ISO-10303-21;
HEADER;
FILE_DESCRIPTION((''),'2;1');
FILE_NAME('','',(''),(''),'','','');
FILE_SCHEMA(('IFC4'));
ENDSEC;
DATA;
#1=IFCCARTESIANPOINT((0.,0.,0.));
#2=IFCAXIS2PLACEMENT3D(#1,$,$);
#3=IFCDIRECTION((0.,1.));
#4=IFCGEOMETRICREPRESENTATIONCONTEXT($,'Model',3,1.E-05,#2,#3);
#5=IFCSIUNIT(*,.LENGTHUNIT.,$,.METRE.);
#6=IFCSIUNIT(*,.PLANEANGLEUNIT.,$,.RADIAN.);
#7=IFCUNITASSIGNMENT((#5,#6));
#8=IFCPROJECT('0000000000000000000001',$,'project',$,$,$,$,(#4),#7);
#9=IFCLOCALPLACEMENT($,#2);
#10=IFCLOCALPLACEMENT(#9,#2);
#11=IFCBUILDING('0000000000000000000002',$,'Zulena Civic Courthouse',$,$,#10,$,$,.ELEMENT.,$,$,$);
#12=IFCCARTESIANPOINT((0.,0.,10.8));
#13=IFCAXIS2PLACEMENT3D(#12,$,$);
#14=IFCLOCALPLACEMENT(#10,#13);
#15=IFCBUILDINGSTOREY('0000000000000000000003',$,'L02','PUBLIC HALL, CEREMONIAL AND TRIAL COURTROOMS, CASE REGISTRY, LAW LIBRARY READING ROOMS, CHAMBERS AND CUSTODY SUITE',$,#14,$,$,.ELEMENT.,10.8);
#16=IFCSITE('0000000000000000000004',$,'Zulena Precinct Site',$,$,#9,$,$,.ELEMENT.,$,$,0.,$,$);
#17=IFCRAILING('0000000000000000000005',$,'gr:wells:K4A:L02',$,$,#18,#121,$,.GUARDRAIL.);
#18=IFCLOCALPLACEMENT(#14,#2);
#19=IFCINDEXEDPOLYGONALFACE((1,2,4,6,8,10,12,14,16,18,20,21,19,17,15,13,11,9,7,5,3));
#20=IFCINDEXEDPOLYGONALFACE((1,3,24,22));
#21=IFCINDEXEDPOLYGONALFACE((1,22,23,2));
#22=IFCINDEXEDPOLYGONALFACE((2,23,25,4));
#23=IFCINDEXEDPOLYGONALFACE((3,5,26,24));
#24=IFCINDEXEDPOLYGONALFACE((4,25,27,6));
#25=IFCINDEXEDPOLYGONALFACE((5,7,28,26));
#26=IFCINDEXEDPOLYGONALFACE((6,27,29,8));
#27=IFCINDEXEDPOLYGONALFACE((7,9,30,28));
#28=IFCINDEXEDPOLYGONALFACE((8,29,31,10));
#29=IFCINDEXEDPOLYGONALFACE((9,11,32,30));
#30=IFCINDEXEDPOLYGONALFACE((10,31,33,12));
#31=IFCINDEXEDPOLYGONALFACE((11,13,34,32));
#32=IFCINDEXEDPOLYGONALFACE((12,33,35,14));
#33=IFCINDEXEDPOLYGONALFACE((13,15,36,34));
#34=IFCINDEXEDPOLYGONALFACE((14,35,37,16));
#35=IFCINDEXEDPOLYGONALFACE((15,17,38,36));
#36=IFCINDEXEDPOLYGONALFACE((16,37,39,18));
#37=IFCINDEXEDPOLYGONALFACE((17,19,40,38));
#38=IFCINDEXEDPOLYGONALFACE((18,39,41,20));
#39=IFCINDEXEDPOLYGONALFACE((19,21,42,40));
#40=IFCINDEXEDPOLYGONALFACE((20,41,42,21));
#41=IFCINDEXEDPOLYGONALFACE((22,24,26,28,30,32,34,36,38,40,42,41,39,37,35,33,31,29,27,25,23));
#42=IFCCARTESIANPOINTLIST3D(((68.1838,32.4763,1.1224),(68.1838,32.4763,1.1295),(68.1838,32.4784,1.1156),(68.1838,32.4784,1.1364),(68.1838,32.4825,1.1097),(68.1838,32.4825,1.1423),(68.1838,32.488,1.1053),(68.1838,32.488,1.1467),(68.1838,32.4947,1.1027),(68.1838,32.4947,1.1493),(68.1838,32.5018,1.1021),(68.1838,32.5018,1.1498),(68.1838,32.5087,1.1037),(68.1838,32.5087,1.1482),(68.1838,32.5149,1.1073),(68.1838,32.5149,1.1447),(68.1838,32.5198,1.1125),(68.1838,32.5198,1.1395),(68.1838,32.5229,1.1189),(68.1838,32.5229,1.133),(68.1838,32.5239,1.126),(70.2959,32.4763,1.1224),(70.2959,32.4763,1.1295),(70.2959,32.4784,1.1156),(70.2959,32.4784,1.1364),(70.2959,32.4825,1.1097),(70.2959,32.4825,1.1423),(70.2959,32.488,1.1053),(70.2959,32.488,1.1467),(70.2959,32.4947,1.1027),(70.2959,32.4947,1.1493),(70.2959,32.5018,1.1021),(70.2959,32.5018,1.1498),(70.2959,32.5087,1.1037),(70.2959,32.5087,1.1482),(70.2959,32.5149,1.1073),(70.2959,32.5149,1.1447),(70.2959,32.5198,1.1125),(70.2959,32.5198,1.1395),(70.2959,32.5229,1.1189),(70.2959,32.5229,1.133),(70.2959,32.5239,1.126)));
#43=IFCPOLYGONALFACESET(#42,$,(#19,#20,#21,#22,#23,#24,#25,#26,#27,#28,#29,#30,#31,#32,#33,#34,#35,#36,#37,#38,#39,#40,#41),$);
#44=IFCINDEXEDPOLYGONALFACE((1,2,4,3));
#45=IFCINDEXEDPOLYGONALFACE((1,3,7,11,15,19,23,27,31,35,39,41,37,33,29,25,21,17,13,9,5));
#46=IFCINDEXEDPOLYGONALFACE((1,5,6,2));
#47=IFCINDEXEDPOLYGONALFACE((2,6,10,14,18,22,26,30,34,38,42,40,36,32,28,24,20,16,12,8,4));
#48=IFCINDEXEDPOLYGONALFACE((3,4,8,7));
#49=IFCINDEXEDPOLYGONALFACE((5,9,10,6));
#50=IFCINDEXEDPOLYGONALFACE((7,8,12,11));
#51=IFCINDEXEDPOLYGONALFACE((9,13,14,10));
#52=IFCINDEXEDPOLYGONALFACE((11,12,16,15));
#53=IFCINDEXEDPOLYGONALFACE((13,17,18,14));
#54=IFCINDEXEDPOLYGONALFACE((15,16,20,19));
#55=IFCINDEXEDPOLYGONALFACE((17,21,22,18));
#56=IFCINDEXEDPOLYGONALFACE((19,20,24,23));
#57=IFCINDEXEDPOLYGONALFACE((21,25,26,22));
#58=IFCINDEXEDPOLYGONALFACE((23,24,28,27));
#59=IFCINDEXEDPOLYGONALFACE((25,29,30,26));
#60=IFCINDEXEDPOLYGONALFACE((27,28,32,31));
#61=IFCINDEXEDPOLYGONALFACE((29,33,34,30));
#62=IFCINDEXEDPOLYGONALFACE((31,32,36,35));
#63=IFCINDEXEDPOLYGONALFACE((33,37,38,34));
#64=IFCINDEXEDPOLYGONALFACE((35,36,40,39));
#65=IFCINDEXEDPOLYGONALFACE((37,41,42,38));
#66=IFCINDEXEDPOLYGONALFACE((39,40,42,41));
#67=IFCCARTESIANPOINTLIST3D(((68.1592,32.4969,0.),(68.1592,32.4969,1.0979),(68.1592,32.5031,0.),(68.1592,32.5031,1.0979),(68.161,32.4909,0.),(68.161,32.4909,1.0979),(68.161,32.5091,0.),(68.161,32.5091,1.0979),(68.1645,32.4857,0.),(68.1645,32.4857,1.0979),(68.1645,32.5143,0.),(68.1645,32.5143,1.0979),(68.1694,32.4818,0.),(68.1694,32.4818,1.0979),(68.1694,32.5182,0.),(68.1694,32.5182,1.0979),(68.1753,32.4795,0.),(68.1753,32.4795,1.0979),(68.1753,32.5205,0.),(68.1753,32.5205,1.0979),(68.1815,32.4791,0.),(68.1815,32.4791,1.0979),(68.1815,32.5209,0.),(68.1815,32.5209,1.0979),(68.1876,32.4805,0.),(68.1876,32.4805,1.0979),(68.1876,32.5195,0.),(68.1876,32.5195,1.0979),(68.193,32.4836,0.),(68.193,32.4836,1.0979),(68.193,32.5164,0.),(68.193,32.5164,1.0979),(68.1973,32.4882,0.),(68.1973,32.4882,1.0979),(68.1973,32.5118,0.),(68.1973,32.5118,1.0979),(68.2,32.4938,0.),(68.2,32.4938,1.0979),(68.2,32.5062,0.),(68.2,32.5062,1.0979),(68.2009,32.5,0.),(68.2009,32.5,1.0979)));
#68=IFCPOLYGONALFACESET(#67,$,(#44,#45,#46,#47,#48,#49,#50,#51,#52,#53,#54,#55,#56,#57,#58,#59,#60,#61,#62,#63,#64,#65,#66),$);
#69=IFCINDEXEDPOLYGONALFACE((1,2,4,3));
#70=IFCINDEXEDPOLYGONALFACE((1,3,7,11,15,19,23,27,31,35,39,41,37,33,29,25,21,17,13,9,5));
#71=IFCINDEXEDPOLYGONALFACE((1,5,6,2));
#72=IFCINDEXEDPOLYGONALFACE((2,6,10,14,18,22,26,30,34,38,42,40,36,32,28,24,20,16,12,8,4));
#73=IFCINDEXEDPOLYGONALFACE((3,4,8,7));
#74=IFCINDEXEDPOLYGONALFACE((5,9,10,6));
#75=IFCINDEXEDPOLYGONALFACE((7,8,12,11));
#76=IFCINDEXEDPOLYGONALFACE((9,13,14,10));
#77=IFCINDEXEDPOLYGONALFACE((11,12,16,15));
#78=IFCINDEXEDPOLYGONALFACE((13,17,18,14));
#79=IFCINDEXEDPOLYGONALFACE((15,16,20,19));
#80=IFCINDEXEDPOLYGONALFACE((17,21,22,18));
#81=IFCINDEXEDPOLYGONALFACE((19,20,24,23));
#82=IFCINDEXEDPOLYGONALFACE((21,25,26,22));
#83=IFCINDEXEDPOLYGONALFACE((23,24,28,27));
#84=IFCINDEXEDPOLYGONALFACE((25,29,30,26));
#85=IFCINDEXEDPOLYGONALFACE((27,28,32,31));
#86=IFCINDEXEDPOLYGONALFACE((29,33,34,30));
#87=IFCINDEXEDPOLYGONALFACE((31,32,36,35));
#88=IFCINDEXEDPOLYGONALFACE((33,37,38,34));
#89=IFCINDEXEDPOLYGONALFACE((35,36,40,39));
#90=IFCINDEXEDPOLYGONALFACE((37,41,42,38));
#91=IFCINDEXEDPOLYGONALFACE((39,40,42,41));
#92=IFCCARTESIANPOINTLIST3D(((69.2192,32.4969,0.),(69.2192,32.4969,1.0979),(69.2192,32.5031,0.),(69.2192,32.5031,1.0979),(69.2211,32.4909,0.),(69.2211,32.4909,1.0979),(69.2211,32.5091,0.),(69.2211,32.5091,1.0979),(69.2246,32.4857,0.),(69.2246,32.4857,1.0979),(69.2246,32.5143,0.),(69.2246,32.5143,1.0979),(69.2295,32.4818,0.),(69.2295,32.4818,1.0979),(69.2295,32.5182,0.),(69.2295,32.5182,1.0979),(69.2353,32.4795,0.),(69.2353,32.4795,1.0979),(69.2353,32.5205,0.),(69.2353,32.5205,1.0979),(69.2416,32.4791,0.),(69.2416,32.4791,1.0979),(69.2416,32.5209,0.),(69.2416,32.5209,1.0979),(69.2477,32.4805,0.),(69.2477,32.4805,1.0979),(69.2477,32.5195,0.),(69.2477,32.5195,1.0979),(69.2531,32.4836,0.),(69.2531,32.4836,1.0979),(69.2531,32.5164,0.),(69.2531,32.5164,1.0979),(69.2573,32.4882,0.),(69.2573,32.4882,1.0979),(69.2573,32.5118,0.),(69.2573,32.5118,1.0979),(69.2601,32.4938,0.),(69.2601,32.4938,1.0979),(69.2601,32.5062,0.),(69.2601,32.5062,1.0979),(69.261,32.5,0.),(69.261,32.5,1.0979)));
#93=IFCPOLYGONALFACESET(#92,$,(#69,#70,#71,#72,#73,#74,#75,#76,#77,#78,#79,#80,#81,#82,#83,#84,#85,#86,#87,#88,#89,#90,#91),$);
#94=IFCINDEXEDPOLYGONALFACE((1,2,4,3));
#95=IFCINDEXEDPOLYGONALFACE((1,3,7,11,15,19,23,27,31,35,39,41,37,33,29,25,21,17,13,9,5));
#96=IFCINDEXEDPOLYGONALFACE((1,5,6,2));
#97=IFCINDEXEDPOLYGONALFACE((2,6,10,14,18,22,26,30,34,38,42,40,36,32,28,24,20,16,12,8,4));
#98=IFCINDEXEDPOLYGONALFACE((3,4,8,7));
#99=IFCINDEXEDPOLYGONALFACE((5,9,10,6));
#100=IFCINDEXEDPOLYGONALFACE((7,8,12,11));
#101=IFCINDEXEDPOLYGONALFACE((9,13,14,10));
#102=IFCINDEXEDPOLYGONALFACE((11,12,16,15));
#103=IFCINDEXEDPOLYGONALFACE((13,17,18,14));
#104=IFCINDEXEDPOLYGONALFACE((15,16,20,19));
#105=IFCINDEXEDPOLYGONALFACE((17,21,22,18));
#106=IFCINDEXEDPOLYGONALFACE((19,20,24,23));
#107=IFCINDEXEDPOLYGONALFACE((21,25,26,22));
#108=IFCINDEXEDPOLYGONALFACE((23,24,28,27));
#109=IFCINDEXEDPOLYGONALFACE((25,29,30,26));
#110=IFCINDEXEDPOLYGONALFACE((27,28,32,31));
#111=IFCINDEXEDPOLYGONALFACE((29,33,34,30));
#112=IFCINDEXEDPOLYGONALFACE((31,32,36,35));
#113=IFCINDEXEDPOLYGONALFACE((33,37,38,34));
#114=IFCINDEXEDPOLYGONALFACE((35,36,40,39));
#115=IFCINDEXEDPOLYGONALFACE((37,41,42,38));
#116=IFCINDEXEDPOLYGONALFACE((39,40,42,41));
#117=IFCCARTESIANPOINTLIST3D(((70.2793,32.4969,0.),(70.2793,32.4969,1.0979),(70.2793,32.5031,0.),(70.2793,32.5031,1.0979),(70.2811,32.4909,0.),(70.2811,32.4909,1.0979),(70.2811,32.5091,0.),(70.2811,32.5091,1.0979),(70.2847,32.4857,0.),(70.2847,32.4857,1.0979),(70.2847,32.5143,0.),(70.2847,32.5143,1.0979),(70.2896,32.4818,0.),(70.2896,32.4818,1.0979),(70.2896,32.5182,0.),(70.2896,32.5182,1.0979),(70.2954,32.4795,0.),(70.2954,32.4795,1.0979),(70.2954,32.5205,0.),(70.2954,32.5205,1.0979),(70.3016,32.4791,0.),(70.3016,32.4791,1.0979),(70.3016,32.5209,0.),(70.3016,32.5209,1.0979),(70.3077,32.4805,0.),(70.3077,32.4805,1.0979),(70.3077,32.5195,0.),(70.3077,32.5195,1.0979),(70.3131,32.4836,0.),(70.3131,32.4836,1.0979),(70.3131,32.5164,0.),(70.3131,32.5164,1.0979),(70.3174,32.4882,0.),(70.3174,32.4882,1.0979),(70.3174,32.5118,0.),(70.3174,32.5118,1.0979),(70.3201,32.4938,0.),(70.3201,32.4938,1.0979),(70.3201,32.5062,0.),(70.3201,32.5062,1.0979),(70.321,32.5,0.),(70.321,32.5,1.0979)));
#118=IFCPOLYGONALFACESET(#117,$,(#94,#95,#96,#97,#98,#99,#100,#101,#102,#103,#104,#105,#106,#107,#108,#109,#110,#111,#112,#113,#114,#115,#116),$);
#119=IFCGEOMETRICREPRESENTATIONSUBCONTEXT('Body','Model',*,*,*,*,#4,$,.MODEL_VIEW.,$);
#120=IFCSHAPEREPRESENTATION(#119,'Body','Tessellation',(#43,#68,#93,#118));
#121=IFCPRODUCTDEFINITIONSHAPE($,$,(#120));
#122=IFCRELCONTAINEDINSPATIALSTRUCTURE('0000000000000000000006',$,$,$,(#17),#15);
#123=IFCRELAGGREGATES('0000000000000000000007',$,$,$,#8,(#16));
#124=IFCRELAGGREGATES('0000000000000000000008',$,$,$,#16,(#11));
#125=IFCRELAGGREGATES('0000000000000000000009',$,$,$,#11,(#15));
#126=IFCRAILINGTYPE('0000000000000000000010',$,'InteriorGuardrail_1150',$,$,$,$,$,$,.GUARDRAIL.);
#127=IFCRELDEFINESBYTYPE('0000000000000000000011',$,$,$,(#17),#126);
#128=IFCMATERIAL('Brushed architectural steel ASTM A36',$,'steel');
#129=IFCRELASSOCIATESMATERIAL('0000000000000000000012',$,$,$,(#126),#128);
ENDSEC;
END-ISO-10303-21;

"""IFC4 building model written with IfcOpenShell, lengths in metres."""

from ifc_helpers import new_model, si_unit, direction, frame, origin, origin_2d, place, context, subcontext, project, spatial, circle, extrude, material, type_object, element, save


model = new_model("IFC4")

# Units and contexts
model_context = context("Model", 3, precision=1e-05, world=origin(), true_north=direction((0.0, 1.0)))
body_context = subcontext(model_context, "Body", "Model", "MODEL_VIEW")
ifc_project = project(units=[si_unit("LENGTHUNIT", "METRE"), si_unit("PLANEANGLEUNIT", "RADIAN")], contexts=[model_context])

# Site, building, storey
site_placement = place(None, origin())
site = spatial("IfcSite", under=ifc_project, at=site_placement, Name="Zulena Precinct Site", CompositionType="ELEMENT", RefElevation=0.0)
building_placement = place(site_placement, origin())
building = spatial("IfcBuilding", under=site, at=building_placement, Name="Zulena Civic Courthouse", CompositionType="ELEMENT")
storey_placement = place(building_placement, frame((0.0, 0.0, 10.8)))
storey = spatial("IfcBuildingStorey", under=building, at=storey_placement, Name="L02", Description="PUBLIC HALL, CEREMONIAL AND TRIAL COURTROOMS, CASE REGISTRY, LAW LIBRARY READING ROOMS, CHAMBERS AND CUSTODY SUITE", CompositionType="ELEMENT", Elevation=10.8)

# Railing
ifc_material_1 = material(Name="Brushed architectural steel ASTM A36", Category="steel")
railing_type = type_object("IfcRailingType", Name="InteriorGuardrail_1150", PredefinedType="GUARDRAIL", material=ifc_material_1)
railing_1_placement = place(storey_placement, frame((68.1799, 32.5, 0.0)))
element("IfcRailing", 1, at=railing_1_placement, inside=storey, type_object=railing_type, Name="gr:wells:K4A:L02", PredefinedType="GUARDRAIL", context=body_context, shape_type="SweptSolid", body=[
    extrude(circle(Radius=0.0239, at=origin_2d()), frame((0.0039, 0.0, 1.126), z_axis=(1.0, 0.0, 0.0), x_axis=(0.0, 1.0, 0.0)), (0.0, 0.0, 1.0), 2.1121),
    extrude(circle(Radius=0.021, at=origin_2d()), origin(), (0.0, 0.0, 1.0), 1.0979),
    extrude(circle(Radius=0.021, at=origin_2d()), frame((1.0601, 0.0, 0.0)), (0.0, 0.0, 1.0), 1.0979),
    extrude(circle(Radius=0.021, at=origin_2d()), frame((2.1201, 0.0, 0.0)), (0.0, 0.0, 1.0), 1.0979),
])

save(model, "model.ifc")
